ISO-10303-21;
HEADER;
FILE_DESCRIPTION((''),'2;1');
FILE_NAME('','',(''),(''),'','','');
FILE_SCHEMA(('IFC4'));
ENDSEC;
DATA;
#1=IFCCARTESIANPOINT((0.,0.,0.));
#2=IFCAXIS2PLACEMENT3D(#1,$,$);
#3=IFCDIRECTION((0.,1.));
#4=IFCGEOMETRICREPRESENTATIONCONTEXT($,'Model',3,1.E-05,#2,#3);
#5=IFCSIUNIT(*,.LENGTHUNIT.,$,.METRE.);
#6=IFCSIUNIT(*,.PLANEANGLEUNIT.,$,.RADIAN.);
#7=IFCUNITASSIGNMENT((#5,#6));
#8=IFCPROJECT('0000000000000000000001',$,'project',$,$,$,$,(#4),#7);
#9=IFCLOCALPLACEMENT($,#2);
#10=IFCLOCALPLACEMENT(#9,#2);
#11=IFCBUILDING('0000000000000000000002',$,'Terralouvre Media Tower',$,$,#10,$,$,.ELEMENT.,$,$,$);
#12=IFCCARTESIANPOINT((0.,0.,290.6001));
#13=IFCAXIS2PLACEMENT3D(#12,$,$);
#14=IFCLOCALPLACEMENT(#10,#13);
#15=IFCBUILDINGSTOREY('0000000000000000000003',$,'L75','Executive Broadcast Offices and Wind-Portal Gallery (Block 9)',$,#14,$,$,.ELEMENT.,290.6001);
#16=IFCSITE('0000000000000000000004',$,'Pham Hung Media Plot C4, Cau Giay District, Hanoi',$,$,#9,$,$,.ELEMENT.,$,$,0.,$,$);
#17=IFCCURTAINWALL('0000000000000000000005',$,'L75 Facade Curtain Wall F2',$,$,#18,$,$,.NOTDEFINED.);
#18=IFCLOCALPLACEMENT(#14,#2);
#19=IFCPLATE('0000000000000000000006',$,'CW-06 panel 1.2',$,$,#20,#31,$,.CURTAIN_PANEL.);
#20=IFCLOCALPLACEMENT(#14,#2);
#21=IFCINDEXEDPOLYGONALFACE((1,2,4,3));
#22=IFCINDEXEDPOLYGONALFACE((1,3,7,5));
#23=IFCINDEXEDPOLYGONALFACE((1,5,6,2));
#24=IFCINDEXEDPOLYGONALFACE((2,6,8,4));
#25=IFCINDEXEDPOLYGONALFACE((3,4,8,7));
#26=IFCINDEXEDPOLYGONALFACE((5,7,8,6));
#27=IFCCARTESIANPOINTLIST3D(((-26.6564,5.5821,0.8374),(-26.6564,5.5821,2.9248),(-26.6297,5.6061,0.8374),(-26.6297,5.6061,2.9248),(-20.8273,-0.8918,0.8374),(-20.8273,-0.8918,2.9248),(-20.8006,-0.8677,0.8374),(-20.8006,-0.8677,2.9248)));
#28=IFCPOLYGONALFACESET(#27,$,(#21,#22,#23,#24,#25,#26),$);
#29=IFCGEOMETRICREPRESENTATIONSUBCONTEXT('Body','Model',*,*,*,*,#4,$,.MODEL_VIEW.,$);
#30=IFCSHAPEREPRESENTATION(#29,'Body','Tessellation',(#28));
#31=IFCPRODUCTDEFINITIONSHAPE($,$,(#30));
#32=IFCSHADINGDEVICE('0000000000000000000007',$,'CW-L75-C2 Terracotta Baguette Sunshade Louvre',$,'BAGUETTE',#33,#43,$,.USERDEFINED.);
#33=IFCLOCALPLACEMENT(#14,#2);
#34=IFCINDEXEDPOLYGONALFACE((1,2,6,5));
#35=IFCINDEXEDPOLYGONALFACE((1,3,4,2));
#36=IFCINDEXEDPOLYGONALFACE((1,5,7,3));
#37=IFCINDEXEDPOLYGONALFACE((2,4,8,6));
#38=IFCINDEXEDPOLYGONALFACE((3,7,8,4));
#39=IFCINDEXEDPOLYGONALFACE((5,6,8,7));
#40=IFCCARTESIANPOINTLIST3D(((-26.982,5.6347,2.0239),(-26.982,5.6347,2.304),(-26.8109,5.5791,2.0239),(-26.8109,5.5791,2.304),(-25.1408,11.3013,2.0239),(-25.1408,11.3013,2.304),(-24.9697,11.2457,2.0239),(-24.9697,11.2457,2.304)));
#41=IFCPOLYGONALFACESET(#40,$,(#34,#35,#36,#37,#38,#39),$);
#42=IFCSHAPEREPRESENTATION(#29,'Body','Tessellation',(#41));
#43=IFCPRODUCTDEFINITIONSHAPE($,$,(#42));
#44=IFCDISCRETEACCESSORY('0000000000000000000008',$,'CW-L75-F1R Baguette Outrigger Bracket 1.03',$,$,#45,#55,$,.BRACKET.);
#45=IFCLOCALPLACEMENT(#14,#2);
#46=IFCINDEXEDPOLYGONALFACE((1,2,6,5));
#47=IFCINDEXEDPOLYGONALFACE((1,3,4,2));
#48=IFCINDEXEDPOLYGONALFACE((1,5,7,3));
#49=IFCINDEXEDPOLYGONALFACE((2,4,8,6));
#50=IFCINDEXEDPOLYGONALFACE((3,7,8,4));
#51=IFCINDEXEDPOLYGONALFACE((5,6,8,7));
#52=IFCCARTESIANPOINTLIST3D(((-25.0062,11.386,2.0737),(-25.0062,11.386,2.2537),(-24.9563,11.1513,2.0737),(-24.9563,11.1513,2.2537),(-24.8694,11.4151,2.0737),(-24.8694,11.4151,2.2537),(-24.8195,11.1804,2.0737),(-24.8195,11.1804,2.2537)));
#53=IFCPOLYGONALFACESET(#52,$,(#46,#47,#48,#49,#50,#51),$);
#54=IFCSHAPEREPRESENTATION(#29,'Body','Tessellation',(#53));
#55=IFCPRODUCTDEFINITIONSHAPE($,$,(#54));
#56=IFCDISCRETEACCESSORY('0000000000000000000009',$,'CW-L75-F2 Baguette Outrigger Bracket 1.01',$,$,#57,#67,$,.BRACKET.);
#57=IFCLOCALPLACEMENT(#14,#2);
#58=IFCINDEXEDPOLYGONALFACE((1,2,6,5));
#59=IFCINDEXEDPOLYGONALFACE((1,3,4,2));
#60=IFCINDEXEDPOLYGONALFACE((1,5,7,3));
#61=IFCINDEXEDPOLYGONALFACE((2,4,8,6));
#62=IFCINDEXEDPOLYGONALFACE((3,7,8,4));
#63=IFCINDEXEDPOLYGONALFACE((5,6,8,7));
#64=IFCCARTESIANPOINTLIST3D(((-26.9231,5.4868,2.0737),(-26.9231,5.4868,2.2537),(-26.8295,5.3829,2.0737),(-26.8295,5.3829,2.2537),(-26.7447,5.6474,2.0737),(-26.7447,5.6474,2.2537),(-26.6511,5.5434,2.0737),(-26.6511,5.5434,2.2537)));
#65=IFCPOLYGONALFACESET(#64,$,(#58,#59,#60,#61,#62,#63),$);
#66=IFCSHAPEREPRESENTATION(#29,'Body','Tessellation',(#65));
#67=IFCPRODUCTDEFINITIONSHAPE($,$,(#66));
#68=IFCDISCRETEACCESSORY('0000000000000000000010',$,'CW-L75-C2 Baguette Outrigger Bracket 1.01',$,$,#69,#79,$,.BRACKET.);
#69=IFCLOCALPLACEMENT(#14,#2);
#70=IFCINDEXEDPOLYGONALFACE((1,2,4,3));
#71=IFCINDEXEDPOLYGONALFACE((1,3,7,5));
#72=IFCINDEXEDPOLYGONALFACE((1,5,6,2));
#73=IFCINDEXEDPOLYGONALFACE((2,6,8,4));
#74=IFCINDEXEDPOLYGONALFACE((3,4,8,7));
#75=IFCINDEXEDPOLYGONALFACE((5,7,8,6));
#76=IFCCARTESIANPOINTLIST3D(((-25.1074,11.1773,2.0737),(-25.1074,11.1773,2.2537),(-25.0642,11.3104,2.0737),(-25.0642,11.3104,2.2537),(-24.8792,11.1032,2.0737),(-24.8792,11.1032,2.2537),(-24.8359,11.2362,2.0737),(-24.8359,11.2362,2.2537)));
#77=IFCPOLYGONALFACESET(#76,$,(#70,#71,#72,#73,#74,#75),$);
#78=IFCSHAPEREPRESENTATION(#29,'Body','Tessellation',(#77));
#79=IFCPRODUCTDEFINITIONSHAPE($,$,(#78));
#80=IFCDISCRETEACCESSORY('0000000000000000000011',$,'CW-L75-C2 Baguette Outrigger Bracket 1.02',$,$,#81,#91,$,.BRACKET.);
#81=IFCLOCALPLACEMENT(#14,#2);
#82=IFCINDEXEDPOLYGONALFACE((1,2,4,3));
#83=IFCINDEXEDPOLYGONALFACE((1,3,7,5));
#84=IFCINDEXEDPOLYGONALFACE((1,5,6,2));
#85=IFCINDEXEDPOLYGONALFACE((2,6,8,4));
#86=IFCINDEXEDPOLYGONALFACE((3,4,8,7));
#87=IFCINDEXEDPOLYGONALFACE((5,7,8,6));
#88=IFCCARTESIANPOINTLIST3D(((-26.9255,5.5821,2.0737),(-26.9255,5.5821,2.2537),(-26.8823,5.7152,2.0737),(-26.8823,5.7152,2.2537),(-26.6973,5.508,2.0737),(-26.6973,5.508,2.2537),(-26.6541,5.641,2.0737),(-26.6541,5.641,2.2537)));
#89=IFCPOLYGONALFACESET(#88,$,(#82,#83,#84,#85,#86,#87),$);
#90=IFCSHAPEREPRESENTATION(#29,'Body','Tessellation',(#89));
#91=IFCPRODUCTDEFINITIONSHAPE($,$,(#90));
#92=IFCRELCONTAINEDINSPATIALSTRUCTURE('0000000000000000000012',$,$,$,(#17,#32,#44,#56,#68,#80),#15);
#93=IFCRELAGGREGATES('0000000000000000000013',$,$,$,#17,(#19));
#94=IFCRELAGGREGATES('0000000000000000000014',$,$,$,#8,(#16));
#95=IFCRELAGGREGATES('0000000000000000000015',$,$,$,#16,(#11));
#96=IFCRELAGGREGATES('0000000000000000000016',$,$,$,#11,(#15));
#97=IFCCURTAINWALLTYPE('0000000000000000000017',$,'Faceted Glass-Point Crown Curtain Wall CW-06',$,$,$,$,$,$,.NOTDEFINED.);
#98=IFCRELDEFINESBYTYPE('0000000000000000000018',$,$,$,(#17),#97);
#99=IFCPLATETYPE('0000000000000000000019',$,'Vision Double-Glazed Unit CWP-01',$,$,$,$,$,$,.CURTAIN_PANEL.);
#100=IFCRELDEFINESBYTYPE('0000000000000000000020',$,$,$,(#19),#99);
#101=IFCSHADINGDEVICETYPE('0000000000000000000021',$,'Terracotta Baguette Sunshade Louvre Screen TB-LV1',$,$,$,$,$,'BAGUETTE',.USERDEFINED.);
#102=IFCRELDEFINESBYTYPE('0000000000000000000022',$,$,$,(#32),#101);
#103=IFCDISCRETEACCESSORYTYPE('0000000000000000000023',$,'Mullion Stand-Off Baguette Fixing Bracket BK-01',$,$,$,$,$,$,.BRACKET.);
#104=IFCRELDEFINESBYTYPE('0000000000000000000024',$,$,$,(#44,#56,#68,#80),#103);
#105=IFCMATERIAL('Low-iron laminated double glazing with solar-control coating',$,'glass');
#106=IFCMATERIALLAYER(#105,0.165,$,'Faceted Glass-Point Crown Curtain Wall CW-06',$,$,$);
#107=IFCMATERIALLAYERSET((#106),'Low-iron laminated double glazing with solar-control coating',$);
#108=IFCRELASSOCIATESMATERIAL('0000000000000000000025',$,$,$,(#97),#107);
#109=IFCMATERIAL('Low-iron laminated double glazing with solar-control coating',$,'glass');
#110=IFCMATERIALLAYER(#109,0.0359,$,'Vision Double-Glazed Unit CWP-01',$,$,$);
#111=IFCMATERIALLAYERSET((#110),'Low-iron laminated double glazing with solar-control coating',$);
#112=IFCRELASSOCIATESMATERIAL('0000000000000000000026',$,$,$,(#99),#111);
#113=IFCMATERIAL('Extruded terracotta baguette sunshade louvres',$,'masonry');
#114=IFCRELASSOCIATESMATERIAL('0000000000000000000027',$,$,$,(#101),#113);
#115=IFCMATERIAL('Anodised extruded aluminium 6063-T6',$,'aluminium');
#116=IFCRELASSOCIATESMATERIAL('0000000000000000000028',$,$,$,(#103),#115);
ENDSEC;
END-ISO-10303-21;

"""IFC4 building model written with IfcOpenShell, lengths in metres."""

from ifc_helpers import new_model, si_unit, direction, frame, origin, origin_2d, place, context, subcontext, project, spatial, rectangle, extrude, material, layer, layer_set, type_object, element, aggregate, save


model = new_model("IFC4")

# Units and contexts
model_context = context("Model", 3, precision=1e-05, world=origin(), true_north=direction((0.0, 1.0)))
body_context = subcontext(model_context, "Body", "Model", "MODEL_VIEW")
ifc_project = project(units=[si_unit("LENGTHUNIT", "METRE"), si_unit("PLANEANGLEUNIT", "RADIAN")], contexts=[model_context])

# Site, building, storey
site_placement = place(None, origin())
site = spatial("IfcSite", under=ifc_project, at=site_placement, Name="Pham Hung Media Plot C4, Cau Giay District, Hanoi", CompositionType="ELEMENT", RefElevation=0.0)
building_placement = place(site_placement, origin())
building = spatial("IfcBuilding", under=site, at=building_placement, Name="Terralouvre Media Tower", CompositionType="ELEMENT")
storey_placement = place(building_placement, frame((0.0, 0.0, 290.6001)))
storey = spatial("IfcBuildingStorey", under=building, at=storey_placement, Name="L75", Description="Executive Broadcast Offices and Wind-Portal Gallery (Block 9)", CompositionType="ELEMENT", Elevation=290.6001)

# Curtain wall
ifc_material_1 = material(Name="Low-iron laminated double glazing with solar-control coating", Category="glass")
ifc_layer_1 = layer(ifc_material_1, 0.165, Name="Faceted Glass-Point Crown Curtain Wall CW-06")
ifc_layer_set_1 = layer_set([ifc_layer_1], Name="Low-iron laminated double glazing with solar-control coating")
curtain_wall_type_1 = type_object("IfcCurtainWallType", Name="Faceted Glass-Point Crown Curtain Wall CW-06", PredefinedType="NOTDEFINED", material=ifc_layer_set_1)
curtain_wall_1_placement = place(storey_placement, origin())
curtain_wall_1 = element("IfcCurtainWall", 1, at=curtain_wall_1_placement, inside=storey, type_object=curtain_wall_type_1, Name="L75 Facade Curtain Wall F2", PredefinedType="NOTDEFINED")

# Plate
ifc_material_2 = material(Name="Low-iron laminated double glazing with solar-control coating", Category="glass")
ifc_layer_2 = layer(ifc_material_2, 0.0359, Name="Vision Double-Glazed Unit CWP-01")
ifc_layer_set_2 = layer_set([ifc_layer_2], Name="Low-iron laminated double glazing with solar-control coating")
plate_type_1 = type_object("IfcPlateType", Name="Vision Double-Glazed Unit CWP-01", PredefinedType="CURTAIN_PANEL", material=ifc_layer_set_2)
plate_1_placement = place(storey_placement, frame((-23.7285, 2.3572, 0.8374), z_axis=(0.0, 0.0, 1.0), x_axis=(0.669131, -0.743145, 0.0)))
plate_1 = element("IfcPlate", 2, at=plate_1_placement, type_object=plate_type_1, Name="CW-06 panel 1.2", PredefinedType="CURTAIN_PANEL", context=body_context, shape_type="SweptSolid", body=[
    extrude(rectangle(XDim=8.7114, YDim=0.0359, at=origin_2d()), origin(), (0.0, 0.0, 1.0), 2.0874),
])
aggregate(curtain_wall_1, [plate_1])

# Shading device
ifc_material_3 = material(Name="Extruded terracotta baguette sunshade louvres", Category="masonry")
shading_device_type = type_object("IfcShadingDeviceType", Name="Terracotta Baguette Sunshade Louvre Screen TB-LV1", ElementType="BAGUETTE", PredefinedType="USERDEFINED", material=ifc_material_3)
shading_device_placement = place(storey_placement, frame((-25.9758, 8.4402, 2.0239), z_axis=(0.0, 0.0, 1.0), x_axis=(-0.309017, -0.951057, 0.0)))
element("IfcShadingDevice", 3, at=shading_device_placement, inside=storey, type_object=shading_device_type, Name="CW-L75-C2 Terracotta Baguette Sunshade Louvre", ObjectType="BAGUETTE", PredefinedType="USERDEFINED", context=body_context, shape_type="SweptSolid", body=[
    extrude(rectangle(XDim=5.9583, YDim=0.1799, at=origin_2d()), origin(), (0.0, 0.0, 1.0), 0.28),
])

# Discrete accessories
ifc_material_4 = material(Name="Anodised extruded aluminium 6063-T6", Category="aluminium")
discrete_accessory_type = type_object("IfcDiscreteAccessoryType", Name="Mullion Stand-Off Baguette Fixing Bracket BK-01", PredefinedType="BRACKET", material=ifc_material_4)
for number, where, z_axis, x_axis, name in (
    (4, (-24.9128, 11.2832, 2.0737), (0.0, 0.0, 1.0), (-0.978148, -0.207911, 0.0), "CW-L75-F1R Baguette Outrigger Bracket 1.03"),
    (5, (-26.7871, 5.5151, 2.0737), (0.0, 0.0, 1.0), (0.669131, -0.743145, 0.0), "CW-L75-F2 Baguette Outrigger Bracket 1.01"),
    (6, (-24.9717, 11.2068, 2.0737), (0.0, 0.0, 1.0), (-0.309017, -0.951057, 0.0), "CW-L75-C2 Baguette Outrigger Bracket 1.01"),
    (7, (-26.7898, 5.6116, 2.0737), (0.0, 0.0, 1.0), (-0.309017, -0.951057, 0.0), "CW-L75-C2 Baguette Outrigger Bracket 1.02"),
):
    element("IfcDiscreteAccessory", number, at=place(storey_placement, frame(where, z_axis=z_axis, x_axis=x_axis)), inside=storey, type_object=discrete_accessory_type, Name=name, PredefinedType="BRACKET", context=body_context, shape_type="SweptSolid", body=[
        extrude(rectangle(XDim=0.1399, YDim=0.24, at=origin_2d()), origin(), (0.0, 0.0, 1.0), 0.1799),
    ])

save(model, "model.ifc")
